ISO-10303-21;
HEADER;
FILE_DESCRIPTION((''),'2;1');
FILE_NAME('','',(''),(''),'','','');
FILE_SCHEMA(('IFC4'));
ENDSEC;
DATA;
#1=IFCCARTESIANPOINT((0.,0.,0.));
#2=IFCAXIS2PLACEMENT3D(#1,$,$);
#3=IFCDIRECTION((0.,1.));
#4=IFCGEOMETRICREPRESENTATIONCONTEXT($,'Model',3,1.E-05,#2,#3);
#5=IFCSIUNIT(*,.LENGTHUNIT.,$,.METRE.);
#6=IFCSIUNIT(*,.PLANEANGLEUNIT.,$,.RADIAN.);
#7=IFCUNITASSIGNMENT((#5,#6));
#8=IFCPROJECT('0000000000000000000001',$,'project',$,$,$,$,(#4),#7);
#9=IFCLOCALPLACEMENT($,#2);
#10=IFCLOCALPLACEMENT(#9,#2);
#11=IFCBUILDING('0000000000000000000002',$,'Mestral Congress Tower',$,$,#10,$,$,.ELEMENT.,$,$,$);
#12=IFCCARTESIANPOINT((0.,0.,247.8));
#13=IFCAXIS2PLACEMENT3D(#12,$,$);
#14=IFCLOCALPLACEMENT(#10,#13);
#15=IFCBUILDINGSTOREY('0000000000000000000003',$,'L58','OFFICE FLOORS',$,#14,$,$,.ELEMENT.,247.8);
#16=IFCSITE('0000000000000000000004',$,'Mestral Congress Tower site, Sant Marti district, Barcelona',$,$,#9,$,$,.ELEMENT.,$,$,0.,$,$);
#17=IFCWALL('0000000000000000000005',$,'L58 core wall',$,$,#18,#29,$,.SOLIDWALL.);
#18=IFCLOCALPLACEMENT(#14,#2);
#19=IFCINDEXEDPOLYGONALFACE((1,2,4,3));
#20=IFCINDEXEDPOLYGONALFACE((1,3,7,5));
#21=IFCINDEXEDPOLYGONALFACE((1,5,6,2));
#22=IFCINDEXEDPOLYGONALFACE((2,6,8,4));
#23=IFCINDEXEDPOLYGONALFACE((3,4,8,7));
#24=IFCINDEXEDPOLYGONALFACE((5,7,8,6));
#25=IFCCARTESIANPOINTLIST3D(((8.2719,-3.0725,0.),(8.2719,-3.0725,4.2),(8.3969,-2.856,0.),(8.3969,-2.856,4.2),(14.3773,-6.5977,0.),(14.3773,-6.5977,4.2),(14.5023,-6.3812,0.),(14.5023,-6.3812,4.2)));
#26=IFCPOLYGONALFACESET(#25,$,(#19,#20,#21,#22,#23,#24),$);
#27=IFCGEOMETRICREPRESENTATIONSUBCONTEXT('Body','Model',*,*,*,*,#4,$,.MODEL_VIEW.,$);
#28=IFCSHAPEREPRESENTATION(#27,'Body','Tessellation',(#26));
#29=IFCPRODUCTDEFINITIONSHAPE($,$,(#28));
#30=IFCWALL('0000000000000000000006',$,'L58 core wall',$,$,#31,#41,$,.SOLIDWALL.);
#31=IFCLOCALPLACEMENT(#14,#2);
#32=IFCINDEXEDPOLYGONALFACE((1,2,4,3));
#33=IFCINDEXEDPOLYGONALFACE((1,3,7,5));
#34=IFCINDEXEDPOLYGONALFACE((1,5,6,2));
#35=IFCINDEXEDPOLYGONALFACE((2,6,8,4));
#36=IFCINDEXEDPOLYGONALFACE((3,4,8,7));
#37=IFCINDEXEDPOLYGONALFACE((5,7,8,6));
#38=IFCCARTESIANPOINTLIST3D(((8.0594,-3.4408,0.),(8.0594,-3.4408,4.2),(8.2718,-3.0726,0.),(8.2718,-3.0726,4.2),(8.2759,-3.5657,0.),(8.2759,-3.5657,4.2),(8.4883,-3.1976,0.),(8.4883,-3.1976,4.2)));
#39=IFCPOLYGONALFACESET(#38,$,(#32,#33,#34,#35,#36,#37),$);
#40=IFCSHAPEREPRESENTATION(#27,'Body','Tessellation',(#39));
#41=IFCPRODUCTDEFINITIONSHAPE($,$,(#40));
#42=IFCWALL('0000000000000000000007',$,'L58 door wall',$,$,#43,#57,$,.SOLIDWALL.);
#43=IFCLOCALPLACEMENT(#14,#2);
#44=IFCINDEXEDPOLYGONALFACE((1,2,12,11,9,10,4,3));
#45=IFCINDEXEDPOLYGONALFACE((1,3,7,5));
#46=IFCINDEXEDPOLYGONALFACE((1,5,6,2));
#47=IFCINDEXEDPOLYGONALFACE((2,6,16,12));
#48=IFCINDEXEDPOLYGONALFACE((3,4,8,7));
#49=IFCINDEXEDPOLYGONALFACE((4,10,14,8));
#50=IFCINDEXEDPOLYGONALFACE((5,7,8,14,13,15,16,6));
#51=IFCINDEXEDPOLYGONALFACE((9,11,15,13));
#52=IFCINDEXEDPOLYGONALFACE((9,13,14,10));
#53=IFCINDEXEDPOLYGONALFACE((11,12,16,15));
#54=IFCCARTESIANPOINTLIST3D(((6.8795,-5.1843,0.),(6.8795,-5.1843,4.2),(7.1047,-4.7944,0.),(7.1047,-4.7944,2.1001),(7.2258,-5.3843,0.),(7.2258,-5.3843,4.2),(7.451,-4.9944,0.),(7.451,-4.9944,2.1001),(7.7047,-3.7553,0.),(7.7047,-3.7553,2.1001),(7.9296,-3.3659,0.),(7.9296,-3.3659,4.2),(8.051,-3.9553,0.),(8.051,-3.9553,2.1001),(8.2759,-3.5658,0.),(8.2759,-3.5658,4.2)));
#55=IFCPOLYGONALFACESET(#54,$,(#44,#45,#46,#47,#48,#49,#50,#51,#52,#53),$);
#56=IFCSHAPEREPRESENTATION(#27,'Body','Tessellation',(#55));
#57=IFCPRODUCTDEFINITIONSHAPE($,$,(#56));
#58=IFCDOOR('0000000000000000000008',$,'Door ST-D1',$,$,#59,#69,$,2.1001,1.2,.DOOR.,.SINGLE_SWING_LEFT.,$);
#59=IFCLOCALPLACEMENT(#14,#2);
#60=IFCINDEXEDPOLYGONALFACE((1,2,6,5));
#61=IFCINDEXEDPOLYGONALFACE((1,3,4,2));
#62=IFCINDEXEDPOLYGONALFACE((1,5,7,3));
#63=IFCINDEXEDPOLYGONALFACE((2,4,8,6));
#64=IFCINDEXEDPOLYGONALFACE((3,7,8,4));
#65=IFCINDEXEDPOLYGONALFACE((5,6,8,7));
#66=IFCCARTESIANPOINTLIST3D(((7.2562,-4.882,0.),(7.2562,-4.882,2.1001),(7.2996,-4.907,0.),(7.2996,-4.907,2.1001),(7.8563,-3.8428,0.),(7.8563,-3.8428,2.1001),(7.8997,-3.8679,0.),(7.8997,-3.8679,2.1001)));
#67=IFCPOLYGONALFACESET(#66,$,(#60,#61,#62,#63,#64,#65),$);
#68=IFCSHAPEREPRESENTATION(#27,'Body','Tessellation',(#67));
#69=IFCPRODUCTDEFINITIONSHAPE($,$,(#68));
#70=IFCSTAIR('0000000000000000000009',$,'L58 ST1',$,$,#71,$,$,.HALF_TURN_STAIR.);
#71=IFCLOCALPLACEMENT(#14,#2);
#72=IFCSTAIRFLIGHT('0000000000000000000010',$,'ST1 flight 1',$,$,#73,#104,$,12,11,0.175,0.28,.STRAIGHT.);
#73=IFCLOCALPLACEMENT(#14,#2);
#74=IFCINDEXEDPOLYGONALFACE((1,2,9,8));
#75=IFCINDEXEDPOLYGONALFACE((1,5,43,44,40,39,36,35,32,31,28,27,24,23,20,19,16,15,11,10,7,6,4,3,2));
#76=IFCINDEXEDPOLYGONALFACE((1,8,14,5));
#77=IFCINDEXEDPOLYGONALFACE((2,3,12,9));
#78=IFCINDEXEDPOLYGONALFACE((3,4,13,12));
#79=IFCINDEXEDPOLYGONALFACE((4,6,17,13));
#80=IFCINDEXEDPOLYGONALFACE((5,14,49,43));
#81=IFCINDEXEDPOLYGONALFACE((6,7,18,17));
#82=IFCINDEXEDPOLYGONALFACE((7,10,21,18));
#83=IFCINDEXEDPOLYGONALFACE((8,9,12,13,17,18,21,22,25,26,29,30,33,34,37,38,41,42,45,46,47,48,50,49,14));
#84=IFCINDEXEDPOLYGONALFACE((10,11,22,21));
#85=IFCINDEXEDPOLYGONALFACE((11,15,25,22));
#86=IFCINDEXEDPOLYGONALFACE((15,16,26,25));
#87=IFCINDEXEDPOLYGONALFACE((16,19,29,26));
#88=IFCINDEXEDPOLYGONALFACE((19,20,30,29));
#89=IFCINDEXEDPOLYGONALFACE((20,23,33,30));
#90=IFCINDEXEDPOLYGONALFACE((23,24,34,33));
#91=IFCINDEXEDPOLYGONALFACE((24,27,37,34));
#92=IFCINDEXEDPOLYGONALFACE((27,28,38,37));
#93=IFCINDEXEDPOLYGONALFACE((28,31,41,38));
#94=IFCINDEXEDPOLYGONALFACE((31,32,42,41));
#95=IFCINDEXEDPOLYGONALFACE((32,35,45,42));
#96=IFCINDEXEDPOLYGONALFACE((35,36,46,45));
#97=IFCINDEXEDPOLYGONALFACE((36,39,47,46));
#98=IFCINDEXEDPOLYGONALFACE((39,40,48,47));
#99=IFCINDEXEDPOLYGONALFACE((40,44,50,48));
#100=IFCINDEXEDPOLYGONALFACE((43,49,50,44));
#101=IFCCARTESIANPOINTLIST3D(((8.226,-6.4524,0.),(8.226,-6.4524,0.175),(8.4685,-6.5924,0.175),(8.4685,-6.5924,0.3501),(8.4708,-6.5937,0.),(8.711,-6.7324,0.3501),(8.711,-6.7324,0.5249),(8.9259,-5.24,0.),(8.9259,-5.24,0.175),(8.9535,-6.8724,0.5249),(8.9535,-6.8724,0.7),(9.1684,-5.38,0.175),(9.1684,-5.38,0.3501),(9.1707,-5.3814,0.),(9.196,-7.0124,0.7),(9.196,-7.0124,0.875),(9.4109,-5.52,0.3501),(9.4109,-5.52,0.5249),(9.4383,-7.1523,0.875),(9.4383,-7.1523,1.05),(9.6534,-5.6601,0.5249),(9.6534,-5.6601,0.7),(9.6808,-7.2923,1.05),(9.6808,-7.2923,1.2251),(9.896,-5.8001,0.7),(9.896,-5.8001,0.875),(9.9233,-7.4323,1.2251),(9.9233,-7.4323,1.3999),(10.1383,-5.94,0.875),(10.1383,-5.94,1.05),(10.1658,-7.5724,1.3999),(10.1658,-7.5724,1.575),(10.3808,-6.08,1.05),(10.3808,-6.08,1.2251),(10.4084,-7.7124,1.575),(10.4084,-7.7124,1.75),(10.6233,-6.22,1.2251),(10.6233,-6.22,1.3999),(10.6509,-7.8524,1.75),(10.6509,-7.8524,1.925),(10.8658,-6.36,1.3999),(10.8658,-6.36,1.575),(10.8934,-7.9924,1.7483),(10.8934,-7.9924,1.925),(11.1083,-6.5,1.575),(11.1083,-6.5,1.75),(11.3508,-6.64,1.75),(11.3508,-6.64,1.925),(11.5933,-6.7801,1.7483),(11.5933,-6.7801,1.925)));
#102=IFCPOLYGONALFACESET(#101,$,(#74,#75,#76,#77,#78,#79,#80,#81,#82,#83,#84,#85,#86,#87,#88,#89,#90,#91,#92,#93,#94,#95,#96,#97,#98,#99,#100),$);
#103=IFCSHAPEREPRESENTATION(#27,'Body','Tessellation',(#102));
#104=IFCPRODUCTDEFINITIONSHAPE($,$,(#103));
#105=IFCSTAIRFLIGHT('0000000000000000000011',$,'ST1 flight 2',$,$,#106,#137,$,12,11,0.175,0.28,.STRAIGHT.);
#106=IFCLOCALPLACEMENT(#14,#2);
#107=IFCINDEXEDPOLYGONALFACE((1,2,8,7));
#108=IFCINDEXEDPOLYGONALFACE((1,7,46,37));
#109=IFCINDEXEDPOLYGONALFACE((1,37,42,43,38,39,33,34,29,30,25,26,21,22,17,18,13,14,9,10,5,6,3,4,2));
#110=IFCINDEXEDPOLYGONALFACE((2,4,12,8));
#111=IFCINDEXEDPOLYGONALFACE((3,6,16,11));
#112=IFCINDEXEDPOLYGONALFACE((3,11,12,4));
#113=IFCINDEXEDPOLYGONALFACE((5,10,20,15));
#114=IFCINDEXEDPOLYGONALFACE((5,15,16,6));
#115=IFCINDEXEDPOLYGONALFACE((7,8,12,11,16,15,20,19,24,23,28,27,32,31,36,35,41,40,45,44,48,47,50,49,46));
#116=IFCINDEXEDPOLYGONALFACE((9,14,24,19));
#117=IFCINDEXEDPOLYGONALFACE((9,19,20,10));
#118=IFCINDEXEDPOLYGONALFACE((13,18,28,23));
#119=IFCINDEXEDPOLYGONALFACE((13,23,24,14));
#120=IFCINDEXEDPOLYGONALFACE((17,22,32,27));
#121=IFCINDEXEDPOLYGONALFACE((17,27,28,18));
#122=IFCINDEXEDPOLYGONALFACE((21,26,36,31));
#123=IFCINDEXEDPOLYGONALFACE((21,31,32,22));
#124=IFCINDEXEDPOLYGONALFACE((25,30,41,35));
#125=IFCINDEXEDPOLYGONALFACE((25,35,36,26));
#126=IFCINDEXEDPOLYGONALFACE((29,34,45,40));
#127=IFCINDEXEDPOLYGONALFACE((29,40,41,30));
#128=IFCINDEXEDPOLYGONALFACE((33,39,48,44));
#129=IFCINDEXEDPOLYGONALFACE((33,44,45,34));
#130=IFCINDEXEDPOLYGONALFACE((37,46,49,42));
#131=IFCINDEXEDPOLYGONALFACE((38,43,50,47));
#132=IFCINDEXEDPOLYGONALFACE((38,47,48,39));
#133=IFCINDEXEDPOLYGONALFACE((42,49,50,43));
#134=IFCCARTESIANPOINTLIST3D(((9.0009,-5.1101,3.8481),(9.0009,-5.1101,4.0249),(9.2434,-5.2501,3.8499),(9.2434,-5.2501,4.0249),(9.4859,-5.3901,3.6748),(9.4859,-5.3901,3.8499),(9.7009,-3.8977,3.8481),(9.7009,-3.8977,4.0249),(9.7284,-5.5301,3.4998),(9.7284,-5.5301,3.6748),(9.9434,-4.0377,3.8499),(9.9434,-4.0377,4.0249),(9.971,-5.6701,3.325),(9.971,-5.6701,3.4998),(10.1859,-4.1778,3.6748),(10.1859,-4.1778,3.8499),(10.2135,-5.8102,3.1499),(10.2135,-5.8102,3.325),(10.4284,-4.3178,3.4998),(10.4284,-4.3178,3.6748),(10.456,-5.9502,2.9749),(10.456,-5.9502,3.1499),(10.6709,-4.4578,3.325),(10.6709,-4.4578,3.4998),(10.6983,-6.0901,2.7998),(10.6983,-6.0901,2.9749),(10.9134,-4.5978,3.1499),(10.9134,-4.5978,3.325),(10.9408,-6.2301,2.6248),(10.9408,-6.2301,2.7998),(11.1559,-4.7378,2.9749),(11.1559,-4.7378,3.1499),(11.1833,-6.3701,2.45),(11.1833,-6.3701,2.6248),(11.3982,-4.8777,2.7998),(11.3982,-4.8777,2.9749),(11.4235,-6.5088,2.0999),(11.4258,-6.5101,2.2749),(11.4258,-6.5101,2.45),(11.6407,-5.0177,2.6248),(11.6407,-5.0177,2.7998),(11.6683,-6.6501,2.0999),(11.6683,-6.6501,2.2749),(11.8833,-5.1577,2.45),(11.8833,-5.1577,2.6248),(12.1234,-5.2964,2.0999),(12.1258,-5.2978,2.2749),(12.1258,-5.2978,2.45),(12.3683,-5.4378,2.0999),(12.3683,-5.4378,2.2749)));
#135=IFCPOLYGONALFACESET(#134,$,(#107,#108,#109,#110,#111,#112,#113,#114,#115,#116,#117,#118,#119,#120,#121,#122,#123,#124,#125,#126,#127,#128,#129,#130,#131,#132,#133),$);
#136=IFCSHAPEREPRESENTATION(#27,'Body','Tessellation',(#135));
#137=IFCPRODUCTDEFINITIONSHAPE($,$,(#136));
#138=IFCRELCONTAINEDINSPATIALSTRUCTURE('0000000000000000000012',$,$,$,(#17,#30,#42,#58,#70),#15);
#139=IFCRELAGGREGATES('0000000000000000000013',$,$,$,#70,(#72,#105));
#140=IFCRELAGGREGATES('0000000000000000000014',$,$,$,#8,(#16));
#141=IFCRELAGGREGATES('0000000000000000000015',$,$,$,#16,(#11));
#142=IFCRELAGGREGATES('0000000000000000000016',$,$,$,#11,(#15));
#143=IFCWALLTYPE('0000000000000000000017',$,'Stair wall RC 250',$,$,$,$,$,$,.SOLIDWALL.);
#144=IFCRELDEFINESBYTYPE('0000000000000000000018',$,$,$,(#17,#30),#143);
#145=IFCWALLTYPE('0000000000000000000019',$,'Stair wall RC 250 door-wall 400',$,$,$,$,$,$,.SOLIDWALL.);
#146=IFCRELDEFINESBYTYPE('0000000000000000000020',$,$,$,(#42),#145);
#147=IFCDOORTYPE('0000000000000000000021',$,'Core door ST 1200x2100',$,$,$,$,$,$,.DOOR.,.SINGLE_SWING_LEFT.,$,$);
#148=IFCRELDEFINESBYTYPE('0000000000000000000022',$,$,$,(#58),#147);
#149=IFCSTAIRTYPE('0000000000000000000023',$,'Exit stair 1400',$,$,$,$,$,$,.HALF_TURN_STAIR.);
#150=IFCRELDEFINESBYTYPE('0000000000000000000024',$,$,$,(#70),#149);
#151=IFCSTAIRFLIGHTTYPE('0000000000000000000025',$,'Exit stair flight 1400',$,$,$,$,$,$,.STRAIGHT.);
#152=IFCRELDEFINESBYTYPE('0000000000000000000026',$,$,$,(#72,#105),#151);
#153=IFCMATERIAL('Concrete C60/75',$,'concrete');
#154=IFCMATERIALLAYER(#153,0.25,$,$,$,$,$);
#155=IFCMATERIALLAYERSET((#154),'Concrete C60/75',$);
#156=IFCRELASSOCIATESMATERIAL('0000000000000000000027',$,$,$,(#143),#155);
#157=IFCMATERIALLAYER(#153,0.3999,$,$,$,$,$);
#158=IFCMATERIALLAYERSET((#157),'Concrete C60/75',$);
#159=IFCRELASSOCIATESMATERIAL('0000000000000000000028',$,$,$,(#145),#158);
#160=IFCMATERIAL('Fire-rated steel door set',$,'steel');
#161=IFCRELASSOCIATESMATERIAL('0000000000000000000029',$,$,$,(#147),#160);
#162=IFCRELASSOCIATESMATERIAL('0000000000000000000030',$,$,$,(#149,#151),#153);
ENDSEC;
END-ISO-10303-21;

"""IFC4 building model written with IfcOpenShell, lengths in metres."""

from ifc_helpers import new_model, si_unit, direction, frame, frame_2d, origin, place, context, subcontext, project, spatial, polyline, rectangle, outline, extrude, material, layer, layer_set, type_object, element, fill, aggregate, save


model = new_model("IFC4")

# Units and contexts
model_context = context("Model", 3, precision=1e-05, world=origin(), true_north=direction((0.0, 1.0)))
body_context = subcontext(model_context, "Body", "Model", "MODEL_VIEW")
ifc_project = project(units=[si_unit("LENGTHUNIT", "METRE"), si_unit("PLANEANGLEUNIT", "RADIAN")], contexts=[model_context])

# Site, building, storey
site_placement = place(None, origin())
site = spatial("IfcSite", under=ifc_project, at=site_placement, Name="Mestral Congress Tower site, Sant Marti district, Barcelona", CompositionType="ELEMENT", RefElevation=0.0)
building_placement = place(site_placement, origin())
building = spatial("IfcBuilding", under=site, at=building_placement, Name="Mestral Congress Tower", CompositionType="ELEMENT")
storey_placement = place(building_placement, frame((0.0, 0.0, 247.8)))
storey = spatial("IfcBuildingStorey", under=building, at=storey_placement, Name="L58", Description="OFFICE FLOORS", CompositionType="ELEMENT", Elevation=247.8)

# Shared definitions
ifc_material_1 = material(Name="Fire-rated steel door set", Category="steel")

# Shared definitions
ifc_material_2 = material(Name="Concrete C60/75", Category="concrete")

# Walls
ifc_layer_1 = layer(ifc_material_2, 0.25)
ifc_layer_set_1 = layer_set([ifc_layer_1], Name="Concrete C60/75")
wall_type_1 = type_object("IfcWallType", Name="Stair wall RC 250", PredefinedType="SOLIDWALL", material=ifc_layer_set_1)
wall_1_placement = place(storey_placement, frame((8.3345, -2.9644, 0.0), z_axis=(0.0, 0.0, 1.0), x_axis=(0.866016, -0.500016, 0.0)))
element("IfcWall", 1, at=wall_1_placement, inside=storey, type_object=wall_type_1, Name="L58 core wall", PredefinedType="SOLIDWALL", context=body_context, shape_type="SweptSolid", body=[
    extrude(rectangle(XDim=7.05, YDim=0.25, at=frame_2d((3.5249, 0.0))), origin(), (0.0, 0.0, 1.0), 4.2),
])
wall_2_placement = place(storey_placement, frame((8.1677, -3.5032, 0.0), z_axis=(0.0, 0.0, 1.0), x_axis=(0.499722, 0.866186, 0.0)))
element("IfcWall", 2, at=wall_2_placement, inside=storey, type_object=wall_type_1, Name="L58 core wall", PredefinedType="SOLIDWALL", context=body_context, shape_type="SweptSolid", body=[
    extrude(rectangle(XDim=0.425, YDim=0.25, at=frame_2d((0.2124, 0.0))), origin(), (0.0, 0.0, 1.0), 4.2),
])

# Wall, opening, door
ifc_layer_2 = layer(ifc_material_2, 0.3999)
ifc_layer_set_2 = layer_set([ifc_layer_2], Name="Concrete C60/75")
wall_type_2 = type_object("IfcWallType", Name="Stair wall RC 250 door-wall 400", PredefinedType="SOLIDWALL", material=ifc_layer_set_2)
wall_3_placement = place(storey_placement, frame((7.0527, -5.2842, 0.0), z_axis=(0.0, 0.0, 1.0), x_axis=(0.500078, 0.86598, 0.0)))
wall_3 = element("IfcWall", 3, at=wall_3_placement, inside=storey, type_object=wall_type_2, Name="L58 door wall", PredefinedType="SOLIDWALL", context=body_context, shape_type="SweptSolid", body=[
    extrude(rectangle(XDim=2.0999, YDim=0.3999, at=frame_2d((1.0498, 0.0))), origin(), (0.0, 0.0, 1.0), 4.2),
])
opening_1_placement = place(wall_3_placement, frame((0.45, 0.0, 0.0)))
opening_1 = element("IfcOpeningElement", 4, at=opening_1_placement, cuts=wall_3, PredefinedType="OPENING", context=body_context, shape_type="SweptSolid", body=[
    extrude(rectangle(XDim=1.2, YDim=2.1001, at=frame_2d((0.6001, 1.05))), frame((0.0, 0.21, 0.0), z_axis=(0.0, -1.0, 0.0), x_axis=(1.0, 0.0, 0.0)), (0.0, 0.0, 1.0), 0.4199),
])
door_type_1 = type_object("IfcDoorType", Name="Core door ST 1200x2100", OperationType="SINGLE_SWING_LEFT", PredefinedType="DOOR", material=ifc_material_1)
door_1_placement = place(opening_1_placement, origin())
door_1 = element("IfcDoor", 5, at=door_1_placement, inside=storey, type_object=door_type_1, Name="Door ST-D1", OperationType="SINGLE_SWING_LEFT", OverallHeight=2.1001, OverallWidth=1.2, PredefinedType="DOOR", context=body_context, shape_type="SweptSolid", body=[
    extrude(rectangle(XDim=1.2, YDim=2.1001, at=frame_2d((0.6001, 1.05))), frame((0.0, 0.0249, 0.0), z_axis=(0.0, -1.0, 0.0), x_axis=(1.0, 0.0, 0.0)), (0.0, 0.0, 1.0), 0.05),
])
fill(opening_1, door_1)

# Stair, stair flights
stair_type = type_object("IfcStairType", Name="Exit stair 1400", PredefinedType="HALF_TURN_STAIR", material=ifc_material_2)
stair_placement = place(storey_placement, origin())
stair = element("IfcStair", 6, at=stair_placement, inside=storey, type_object=stair_type, Name="L58 ST1", PredefinedType="HALF_TURN_STAIR")
stair_flight_type = type_object("IfcStairFlightType", Name="Exit stair flight 1400", PredefinedType="STRAIGHT", material=ifc_material_2)
stair_flight_1_placement = place(storey_placement, frame((8.5759, -5.8462, 0.0), z_axis=(0.0, 0.0, 1.0), x_axis=(0.866025, -0.5, 0.0)))
stair_flight_1 = element("IfcStairFlight", 7, at=stair_flight_1_placement, type_object=stair_flight_type, Name="ST1 flight 1", NumberOfRisers=12, NumberOfTreads=11, PredefinedType="STRAIGHT", RiserHeight=0.175, TreadLength=0.28, context=body_context, shape_type="SweptSolid", body=[
    extrude(outline(polyline([(0.0, 0.0), (0.0, 0.175), (0.28, 0.175), (0.28, 0.3501), (0.5601, 0.3501), (0.5601, 0.5249), (0.8401, 0.5249), (0.8401, 0.7), (1.1201, 0.7), (1.1201, 0.875), (1.3999, 0.875), (1.3999, 1.05), (1.6799, 1.05), (1.6799, 1.2251), (1.96, 1.2251), (1.96, 1.3999), (2.24, 1.3999), (2.24, 1.575), (2.52, 1.575), (2.52, 1.75), (2.8, 1.75), (2.8, 1.925), (3.0801, 1.925), (3.0801, 2.1001), (3.0801, 1.7483), (0.2827, 0.0), (0.0, 0.0)])), frame((0.0, 0.7, 0.0), z_axis=(0.0, -1.0, 0.0), x_axis=(1.0, 0.0, 0.0)), (0.0, 0.0, 1.0), 1.3999),
])
stair_flight_2_placement = place(storey_placement, frame((12.0183, -6.0439, 2.0999), z_axis=(0.0, 0.0, 1.0), x_axis=(-0.866025, 0.5, 0.0)))
stair_flight_2 = element("IfcStairFlight", 8, at=stair_flight_2_placement, type_object=stair_flight_type, Name="ST1 flight 2", NumberOfRisers=12, NumberOfTreads=11, PredefinedType="STRAIGHT", RiserHeight=0.175, TreadLength=0.28, context=body_context, shape_type="SweptSolid", body=[
    extrude(outline(polyline([(0.0, 0.0), (0.0, 0.175), (0.28, 0.175), (0.28, 0.3501), (0.5601, 0.3501), (0.5601, 0.5249), (0.8401, 0.5249), (0.8401, 0.7), (1.1201, 0.7), (1.1201, 0.875), (1.3999, 0.875), (1.3999, 1.05), (1.6799, 1.05), (1.6799, 1.2251), (1.96, 1.2251), (1.96, 1.3999), (2.24, 1.3999), (2.24, 1.575), (2.52, 1.575), (2.52, 1.75), (2.8, 1.75), (2.8, 1.925), (3.0801, 1.925), (3.0801, 2.1001), (3.0801, 1.7483), (0.2827, 0.0), (0.0, 0.0)])), frame((0.0, 0.7, 0.0), z_axis=(0.0, -1.0, 0.0), x_axis=(1.0, 0.0, 0.0)), (0.0, 0.0, 1.0), 1.3999),
])
aggregate(stair, [stair_flight_1, stair_flight_2])

save(model, "model.ifc")
